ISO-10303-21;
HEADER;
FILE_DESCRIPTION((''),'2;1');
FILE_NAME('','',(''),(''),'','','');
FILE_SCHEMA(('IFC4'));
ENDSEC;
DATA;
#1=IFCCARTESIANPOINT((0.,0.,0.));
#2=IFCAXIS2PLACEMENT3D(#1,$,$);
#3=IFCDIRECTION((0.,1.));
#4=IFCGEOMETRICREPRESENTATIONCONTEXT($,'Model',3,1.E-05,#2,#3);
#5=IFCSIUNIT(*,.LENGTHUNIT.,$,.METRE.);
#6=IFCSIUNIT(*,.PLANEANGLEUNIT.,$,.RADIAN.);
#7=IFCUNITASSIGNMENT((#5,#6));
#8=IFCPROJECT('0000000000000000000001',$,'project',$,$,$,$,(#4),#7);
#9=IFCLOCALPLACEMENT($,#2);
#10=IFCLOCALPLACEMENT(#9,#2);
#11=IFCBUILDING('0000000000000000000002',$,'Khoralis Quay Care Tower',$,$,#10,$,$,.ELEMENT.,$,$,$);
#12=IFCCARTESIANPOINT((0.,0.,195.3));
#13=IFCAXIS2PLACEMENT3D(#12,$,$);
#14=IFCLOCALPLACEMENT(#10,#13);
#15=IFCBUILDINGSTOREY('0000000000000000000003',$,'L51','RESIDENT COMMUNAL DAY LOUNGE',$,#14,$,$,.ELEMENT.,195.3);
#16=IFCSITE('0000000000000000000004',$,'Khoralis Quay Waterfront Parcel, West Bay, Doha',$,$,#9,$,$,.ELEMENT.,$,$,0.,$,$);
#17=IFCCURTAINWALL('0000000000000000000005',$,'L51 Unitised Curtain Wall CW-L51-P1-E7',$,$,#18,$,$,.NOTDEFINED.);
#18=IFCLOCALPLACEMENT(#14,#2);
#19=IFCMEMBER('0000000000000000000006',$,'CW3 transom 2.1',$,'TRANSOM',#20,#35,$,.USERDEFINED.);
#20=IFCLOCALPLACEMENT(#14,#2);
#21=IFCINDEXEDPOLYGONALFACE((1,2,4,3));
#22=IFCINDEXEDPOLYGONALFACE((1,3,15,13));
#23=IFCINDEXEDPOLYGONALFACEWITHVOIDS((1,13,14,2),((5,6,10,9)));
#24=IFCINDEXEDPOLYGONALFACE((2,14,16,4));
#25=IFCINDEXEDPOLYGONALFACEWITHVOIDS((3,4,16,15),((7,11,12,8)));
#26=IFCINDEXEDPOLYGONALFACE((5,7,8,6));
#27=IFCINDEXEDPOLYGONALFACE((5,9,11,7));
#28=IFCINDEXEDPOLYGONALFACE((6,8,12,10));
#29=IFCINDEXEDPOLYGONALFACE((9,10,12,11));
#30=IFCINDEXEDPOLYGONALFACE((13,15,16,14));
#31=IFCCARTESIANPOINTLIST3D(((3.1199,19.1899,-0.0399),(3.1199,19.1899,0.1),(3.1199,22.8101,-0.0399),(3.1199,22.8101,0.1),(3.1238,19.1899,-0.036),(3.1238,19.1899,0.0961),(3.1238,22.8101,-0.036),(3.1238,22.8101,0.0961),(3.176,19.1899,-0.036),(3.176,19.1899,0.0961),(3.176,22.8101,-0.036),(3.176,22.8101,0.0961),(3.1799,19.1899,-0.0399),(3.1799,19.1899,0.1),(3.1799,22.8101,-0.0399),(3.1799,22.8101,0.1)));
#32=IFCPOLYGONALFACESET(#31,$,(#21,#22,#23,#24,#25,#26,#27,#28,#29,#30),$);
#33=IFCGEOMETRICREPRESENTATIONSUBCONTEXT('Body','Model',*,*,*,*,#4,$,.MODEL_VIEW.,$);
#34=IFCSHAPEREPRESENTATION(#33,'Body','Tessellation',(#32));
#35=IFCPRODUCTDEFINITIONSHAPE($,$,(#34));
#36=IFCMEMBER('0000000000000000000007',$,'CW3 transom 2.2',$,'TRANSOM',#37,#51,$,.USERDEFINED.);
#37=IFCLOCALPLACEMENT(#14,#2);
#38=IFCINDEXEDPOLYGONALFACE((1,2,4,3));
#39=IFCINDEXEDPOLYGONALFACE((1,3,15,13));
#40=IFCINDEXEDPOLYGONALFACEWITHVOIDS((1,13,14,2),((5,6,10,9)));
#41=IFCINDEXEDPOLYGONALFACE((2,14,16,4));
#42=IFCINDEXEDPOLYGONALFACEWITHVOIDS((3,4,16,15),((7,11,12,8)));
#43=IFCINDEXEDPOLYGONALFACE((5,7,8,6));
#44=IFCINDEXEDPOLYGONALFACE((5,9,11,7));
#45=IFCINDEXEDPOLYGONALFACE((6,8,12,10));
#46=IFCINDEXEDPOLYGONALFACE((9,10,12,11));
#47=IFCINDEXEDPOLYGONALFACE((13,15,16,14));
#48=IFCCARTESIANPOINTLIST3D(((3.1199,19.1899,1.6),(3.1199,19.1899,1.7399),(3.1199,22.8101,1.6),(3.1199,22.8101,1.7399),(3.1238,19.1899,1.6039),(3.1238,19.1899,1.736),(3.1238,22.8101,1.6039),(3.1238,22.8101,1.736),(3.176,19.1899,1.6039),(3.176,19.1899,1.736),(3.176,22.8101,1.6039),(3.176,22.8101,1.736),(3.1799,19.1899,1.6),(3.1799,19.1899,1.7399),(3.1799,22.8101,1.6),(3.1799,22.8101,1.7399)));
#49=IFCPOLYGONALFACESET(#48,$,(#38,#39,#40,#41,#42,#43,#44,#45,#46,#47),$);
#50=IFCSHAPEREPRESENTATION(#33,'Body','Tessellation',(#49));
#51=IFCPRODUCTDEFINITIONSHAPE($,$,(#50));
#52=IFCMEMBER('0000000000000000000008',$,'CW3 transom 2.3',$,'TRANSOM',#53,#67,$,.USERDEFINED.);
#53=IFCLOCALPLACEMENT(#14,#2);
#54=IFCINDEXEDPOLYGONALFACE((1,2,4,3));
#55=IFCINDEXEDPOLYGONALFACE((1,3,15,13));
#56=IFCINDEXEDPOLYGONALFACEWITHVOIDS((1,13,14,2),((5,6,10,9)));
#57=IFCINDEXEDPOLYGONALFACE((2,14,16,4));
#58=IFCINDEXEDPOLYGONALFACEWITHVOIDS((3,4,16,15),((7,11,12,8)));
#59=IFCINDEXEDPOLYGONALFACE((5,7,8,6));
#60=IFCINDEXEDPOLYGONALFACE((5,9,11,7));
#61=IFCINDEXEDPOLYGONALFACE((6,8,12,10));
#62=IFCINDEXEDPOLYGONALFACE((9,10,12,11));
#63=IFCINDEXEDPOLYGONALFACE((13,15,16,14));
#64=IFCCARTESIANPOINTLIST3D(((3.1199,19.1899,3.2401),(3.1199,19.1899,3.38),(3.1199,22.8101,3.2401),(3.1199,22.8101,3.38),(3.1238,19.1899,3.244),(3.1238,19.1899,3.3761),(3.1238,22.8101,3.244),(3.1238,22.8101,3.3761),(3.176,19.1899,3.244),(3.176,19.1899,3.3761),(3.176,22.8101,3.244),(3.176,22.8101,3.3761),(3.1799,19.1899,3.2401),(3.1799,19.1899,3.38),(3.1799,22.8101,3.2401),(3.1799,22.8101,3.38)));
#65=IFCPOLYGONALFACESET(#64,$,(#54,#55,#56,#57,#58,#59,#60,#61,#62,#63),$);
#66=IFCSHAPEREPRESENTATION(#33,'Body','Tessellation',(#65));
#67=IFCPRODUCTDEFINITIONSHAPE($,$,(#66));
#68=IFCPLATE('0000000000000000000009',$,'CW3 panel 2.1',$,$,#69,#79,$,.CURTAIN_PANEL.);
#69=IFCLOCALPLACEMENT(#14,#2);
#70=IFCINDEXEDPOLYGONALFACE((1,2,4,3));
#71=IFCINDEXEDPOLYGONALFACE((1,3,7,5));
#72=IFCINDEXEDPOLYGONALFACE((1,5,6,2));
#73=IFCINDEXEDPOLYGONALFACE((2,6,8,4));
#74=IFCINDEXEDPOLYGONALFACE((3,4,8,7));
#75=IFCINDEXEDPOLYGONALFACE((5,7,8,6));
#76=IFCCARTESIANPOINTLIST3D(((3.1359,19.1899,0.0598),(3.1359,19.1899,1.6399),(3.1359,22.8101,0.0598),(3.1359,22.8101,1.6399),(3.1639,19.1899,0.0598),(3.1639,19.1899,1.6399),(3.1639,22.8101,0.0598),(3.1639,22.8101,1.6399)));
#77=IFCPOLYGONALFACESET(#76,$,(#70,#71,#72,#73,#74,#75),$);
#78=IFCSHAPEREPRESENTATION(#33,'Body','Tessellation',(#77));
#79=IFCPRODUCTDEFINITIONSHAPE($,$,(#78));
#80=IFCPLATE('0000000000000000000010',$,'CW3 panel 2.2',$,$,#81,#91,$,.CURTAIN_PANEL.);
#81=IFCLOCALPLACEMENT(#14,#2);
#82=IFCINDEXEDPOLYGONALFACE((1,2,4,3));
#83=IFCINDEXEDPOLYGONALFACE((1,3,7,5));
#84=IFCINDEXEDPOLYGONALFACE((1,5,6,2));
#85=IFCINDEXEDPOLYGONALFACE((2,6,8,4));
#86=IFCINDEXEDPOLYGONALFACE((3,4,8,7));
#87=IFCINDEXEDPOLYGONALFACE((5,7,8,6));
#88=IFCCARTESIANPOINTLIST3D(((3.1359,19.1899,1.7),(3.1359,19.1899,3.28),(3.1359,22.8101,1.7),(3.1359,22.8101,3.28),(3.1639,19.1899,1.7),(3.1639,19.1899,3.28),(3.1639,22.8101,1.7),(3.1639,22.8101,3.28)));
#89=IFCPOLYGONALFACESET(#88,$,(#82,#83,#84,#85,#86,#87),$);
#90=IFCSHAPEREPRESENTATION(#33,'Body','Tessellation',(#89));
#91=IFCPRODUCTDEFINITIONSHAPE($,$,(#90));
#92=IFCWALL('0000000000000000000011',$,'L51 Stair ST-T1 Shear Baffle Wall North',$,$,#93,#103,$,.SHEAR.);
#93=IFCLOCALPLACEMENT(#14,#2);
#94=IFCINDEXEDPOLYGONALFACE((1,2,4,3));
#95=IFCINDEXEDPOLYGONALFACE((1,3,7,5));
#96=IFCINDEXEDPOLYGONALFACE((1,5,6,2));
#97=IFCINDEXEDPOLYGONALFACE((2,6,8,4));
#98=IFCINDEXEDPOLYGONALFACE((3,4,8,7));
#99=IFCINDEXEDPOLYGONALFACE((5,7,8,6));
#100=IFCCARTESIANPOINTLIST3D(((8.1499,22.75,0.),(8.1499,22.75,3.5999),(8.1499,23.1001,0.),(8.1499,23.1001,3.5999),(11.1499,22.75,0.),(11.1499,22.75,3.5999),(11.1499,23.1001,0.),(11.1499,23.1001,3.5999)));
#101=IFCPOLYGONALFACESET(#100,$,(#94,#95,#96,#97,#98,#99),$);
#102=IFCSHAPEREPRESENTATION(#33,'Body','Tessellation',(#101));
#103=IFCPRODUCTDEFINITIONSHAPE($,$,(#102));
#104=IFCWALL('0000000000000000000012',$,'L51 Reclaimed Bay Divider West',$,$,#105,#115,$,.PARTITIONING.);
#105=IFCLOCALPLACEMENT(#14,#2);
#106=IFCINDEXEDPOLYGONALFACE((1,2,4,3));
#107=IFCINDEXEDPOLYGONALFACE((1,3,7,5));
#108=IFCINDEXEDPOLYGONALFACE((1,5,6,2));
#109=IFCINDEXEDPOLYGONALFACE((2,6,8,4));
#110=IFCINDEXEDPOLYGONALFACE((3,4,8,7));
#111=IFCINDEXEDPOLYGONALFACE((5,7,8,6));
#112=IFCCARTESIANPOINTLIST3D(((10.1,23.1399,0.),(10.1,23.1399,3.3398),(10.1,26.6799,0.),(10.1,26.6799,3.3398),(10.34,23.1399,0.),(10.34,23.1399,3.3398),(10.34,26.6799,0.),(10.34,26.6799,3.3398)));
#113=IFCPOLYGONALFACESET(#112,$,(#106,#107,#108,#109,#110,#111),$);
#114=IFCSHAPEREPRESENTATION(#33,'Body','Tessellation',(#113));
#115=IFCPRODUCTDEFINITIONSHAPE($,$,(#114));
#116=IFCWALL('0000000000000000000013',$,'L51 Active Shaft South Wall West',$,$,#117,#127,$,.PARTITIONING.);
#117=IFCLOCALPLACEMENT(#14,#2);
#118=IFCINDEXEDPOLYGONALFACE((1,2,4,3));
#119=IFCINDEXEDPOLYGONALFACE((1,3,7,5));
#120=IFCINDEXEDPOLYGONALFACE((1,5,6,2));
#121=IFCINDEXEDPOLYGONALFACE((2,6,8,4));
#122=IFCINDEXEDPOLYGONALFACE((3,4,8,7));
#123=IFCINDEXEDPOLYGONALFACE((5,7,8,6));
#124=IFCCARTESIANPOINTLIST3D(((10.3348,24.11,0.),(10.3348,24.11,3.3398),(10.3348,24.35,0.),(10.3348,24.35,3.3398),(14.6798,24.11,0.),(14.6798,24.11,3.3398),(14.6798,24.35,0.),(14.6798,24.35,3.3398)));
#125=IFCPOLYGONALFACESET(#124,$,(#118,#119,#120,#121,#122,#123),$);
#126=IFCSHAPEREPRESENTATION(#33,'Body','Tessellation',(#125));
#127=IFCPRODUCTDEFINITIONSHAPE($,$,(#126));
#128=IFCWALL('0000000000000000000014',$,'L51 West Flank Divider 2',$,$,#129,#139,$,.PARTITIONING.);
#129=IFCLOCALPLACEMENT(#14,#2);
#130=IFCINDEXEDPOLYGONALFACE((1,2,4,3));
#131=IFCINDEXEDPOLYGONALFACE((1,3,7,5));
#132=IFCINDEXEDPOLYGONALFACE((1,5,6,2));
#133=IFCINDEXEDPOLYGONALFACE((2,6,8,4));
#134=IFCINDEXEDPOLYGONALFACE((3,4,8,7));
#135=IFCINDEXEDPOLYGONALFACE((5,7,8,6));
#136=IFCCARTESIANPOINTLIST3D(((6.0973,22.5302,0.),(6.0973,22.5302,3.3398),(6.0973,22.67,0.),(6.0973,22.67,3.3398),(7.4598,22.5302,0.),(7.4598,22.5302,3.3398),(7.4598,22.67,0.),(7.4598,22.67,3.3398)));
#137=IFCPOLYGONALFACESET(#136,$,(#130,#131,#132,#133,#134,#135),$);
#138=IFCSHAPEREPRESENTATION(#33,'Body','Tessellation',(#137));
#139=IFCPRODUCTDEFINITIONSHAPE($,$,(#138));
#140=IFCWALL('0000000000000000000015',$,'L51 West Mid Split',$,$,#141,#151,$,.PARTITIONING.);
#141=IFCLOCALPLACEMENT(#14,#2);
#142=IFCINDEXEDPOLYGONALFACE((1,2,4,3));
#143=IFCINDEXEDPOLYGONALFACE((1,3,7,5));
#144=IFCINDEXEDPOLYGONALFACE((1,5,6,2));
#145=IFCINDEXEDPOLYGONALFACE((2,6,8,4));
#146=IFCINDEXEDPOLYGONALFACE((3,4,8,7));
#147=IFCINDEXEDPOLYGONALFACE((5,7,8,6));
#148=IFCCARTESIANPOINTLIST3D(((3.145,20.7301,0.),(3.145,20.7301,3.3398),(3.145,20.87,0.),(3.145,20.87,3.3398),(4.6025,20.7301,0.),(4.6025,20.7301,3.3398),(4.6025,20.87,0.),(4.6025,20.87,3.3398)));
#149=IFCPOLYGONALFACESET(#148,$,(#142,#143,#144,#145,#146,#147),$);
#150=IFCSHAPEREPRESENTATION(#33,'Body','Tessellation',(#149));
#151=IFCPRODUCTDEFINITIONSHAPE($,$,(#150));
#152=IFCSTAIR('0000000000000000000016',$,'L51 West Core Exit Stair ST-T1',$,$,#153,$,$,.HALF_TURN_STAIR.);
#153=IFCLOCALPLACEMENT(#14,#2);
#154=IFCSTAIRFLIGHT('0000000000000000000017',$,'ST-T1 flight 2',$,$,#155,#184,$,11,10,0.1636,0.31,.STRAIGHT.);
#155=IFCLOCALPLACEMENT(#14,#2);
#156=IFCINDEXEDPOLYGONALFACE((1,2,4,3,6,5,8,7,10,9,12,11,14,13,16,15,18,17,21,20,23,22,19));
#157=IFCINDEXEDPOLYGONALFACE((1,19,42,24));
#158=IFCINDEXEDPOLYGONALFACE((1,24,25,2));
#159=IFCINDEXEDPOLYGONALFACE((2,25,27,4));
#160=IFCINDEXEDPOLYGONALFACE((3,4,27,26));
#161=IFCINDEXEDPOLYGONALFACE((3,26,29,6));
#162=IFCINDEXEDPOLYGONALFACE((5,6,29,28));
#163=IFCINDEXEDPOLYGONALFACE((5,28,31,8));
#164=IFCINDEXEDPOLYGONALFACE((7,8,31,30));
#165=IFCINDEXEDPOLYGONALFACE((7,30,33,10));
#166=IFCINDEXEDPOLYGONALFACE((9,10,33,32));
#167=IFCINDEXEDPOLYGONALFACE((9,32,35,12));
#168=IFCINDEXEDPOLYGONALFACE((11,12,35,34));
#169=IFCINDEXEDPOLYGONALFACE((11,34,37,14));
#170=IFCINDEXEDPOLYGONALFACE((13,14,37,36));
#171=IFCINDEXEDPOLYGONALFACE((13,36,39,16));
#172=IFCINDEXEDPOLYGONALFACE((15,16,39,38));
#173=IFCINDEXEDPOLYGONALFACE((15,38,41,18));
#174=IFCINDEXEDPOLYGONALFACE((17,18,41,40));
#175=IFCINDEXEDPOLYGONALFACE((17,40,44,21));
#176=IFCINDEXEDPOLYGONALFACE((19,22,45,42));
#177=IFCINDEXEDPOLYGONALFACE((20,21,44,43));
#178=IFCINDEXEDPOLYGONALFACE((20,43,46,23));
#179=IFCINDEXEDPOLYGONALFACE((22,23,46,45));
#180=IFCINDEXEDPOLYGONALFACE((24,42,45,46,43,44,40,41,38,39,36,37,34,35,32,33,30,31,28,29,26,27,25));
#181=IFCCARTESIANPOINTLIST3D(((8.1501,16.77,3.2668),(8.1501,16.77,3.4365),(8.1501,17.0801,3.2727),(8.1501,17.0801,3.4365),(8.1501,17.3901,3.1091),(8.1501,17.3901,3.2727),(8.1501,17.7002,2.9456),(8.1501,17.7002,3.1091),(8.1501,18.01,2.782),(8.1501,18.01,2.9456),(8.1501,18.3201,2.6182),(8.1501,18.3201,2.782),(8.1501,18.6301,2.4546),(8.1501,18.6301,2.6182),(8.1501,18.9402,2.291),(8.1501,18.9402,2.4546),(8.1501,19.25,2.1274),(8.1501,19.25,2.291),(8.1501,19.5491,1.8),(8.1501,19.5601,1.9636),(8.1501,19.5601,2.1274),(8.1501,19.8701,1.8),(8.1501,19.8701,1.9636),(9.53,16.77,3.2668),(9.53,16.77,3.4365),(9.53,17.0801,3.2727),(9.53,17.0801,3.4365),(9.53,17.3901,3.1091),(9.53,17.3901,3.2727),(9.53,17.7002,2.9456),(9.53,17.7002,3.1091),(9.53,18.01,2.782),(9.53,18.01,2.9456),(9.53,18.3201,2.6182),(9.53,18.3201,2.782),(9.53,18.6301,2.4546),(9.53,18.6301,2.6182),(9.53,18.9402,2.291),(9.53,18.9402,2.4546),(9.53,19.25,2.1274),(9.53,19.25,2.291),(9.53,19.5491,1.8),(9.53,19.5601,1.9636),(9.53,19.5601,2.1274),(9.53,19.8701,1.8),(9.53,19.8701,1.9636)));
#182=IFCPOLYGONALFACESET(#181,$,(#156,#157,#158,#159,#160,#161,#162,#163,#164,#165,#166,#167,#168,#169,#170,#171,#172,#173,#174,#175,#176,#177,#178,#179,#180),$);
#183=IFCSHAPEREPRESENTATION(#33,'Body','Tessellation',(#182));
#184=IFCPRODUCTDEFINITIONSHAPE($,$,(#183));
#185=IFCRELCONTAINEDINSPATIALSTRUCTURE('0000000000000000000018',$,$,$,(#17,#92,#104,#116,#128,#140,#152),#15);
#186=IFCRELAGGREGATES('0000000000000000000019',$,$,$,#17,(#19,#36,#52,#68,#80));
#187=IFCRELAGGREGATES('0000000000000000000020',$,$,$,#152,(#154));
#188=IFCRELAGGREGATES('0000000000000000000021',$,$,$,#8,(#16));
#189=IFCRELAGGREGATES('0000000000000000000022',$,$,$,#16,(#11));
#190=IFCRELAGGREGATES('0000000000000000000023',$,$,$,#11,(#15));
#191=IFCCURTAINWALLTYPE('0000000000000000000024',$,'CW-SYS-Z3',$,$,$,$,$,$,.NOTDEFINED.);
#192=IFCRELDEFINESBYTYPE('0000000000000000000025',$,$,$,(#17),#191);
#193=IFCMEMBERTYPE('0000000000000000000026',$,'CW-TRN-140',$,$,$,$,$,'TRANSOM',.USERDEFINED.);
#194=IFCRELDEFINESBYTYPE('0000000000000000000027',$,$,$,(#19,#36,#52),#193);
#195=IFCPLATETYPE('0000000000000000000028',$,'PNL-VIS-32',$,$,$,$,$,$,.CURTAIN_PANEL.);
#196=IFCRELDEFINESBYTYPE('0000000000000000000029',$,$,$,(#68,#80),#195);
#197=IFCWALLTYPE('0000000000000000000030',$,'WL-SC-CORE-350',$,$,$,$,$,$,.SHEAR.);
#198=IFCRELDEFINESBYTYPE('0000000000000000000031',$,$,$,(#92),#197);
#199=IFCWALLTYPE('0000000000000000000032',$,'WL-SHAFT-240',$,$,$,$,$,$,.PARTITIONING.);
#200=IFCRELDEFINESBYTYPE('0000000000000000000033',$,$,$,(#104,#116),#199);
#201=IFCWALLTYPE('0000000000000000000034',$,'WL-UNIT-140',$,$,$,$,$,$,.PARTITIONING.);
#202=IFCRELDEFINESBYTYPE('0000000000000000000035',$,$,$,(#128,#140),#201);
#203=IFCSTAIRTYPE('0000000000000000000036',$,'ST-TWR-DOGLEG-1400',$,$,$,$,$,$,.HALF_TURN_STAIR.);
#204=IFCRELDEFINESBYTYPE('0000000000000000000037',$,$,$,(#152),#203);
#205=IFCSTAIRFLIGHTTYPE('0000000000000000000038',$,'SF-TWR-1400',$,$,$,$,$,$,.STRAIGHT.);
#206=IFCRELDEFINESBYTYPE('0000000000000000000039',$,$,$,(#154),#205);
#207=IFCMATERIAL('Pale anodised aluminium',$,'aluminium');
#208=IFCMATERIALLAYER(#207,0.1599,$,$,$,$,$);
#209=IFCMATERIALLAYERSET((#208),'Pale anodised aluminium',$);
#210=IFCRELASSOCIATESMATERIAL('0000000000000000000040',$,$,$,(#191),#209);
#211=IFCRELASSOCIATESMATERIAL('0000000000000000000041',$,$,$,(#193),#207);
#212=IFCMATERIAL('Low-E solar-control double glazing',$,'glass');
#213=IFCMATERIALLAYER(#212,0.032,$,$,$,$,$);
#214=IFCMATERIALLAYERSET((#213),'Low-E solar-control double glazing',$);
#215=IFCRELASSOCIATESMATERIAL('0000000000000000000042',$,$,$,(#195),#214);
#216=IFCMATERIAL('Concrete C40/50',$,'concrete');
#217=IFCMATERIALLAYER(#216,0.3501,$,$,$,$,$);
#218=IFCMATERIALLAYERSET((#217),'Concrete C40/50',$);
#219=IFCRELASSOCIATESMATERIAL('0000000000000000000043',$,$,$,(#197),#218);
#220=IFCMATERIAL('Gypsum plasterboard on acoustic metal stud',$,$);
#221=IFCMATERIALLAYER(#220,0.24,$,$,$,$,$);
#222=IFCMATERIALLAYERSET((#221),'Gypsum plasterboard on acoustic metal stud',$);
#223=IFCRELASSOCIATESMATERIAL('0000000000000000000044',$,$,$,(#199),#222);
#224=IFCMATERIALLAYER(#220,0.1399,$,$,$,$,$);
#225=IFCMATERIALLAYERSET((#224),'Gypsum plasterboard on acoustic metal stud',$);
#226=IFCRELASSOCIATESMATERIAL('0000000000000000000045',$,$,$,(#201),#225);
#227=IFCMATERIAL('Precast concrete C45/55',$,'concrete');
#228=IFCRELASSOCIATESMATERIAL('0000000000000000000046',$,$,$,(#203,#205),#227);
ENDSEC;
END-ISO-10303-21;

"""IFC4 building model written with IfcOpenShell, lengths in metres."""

from ifc_helpers import new_model, si_unit, direction, frame, frame_2d, origin, origin_2d, place, context, subcontext, project, spatial, polyline, rectangle, hollow_rectangle, outline, extrude, source, transform, mapped, material, layer, layer_set, material_profile, profile_set, type_object, element, aggregate, save


model = new_model("IFC4")

# Units and contexts
model_context = context("Model", 3, precision=1e-05, world=origin(), true_north=direction((0.0, 1.0)))
body_context = subcontext(model_context, "Body", "Model", "MODEL_VIEW")
ifc_project = project(units=[si_unit("LENGTHUNIT", "METRE"), si_unit("PLANEANGLEUNIT", "RADIAN")], contexts=[model_context])

# Site, building, storey
site_placement = place(None, origin())
site = spatial("IfcSite", under=ifc_project, at=site_placement, Name="Khoralis Quay Waterfront Parcel, West Bay, Doha", CompositionType="ELEMENT", RefElevation=0.0)
building_placement = place(site_placement, origin())
building = spatial("IfcBuilding", under=site, at=building_placement, Name="Khoralis Quay Care Tower", CompositionType="ELEMENT")
storey_placement = place(building_placement, frame((0.0, 0.0, 195.3)))
storey = spatial("IfcBuildingStorey", under=building, at=storey_placement, Name="L51", Description="RESIDENT COMMUNAL DAY LOUNGE", CompositionType="ELEMENT", Elevation=195.3)

# Curtain wall, members, plates
ifc_material_1 = material(Name="Pale anodised aluminium", Category="aluminium")
ifc_layer_1 = layer(ifc_material_1, 0.1599)
ifc_layer_set_1 = layer_set([ifc_layer_1], Name="Pale anodised aluminium")
curtain_wall_type = type_object("IfcCurtainWallType", Name="CW-SYS-Z3", PredefinedType="NOTDEFINED", material=ifc_layer_set_1)
curtain_wall_placement = place(storey_placement, origin())
curtain_wall = element("IfcCurtainWall", 1, at=curtain_wall_placement, inside=storey, type_object=curtain_wall_type, Name="L51 Unitised Curtain Wall CW-L51-P1-E7", PredefinedType="NOTDEFINED")
ifc_material_profile_1 = material_profile(ifc_material_1, hollow_rectangle(XDim=0.0601, YDim=0.1399, WallThickness=0.0039, at=origin_2d()), Name="Pale anodised aluminium")
ifc_profile_set_1 = profile_set([ifc_material_profile_1], Name="Pale anodised aluminium")
member_type_1 = type_object("IfcMemberType", Name="CW-TRN-140", ElementType="TRANSOM", PredefinedType="USERDEFINED", material=ifc_profile_set_1)
shared_shape_1 = source(origin(), body_context, "Body", "SweptSolid", [
    extrude(hollow_rectangle(XDim=0.0601, YDim=0.1399, WallThickness=0.0039, at=origin_2d()), origin(), (0.0, 0.0, 1.0), 3.6201),
])
member_1_placement = place(storey_placement, frame((3.1499, 22.8101, 0.03), z_axis=(0.0, -1.0, 0.0), x_axis=(1.0, 0.0, 0.0)))
member_1 = element("IfcMember", 2, at=member_1_placement, type_object=member_type_1, Name="CW3 transom 2.1", ObjectType="TRANSOM", PredefinedType="USERDEFINED", context=body_context, shape_type="MappedRepresentation", body=[
    mapped(shared_shape_1, transform((0.0, 0.0, 0.0), scale=1.0)),
])
member_2_placement = place(storey_placement, frame((3.1499, 22.8101, 1.6699), z_axis=(0.0, -1.0, 0.0), x_axis=(1.0, 0.0, 0.0)))
member_2 = element("IfcMember", 3, at=member_2_placement, type_object=member_type_1, Name="CW3 transom 2.2", ObjectType="TRANSOM", PredefinedType="USERDEFINED", context=body_context, shape_type="MappedRepresentation", body=[
    mapped(shared_shape_1, transform((0.0, 0.0, 0.0), scale=1.0)),
])
member_3_placement = place(storey_placement, frame((3.1499, 22.8101, 3.3101), z_axis=(0.0, -1.0, 0.0), x_axis=(1.0, 0.0, 0.0)))
member_3 = element("IfcMember", 4, at=member_3_placement, type_object=member_type_1, Name="CW3 transom 2.3", ObjectType="TRANSOM", PredefinedType="USERDEFINED", context=body_context, shape_type="MappedRepresentation", body=[
    mapped(shared_shape_1, transform((0.0, 0.0, 0.0), scale=1.0)),
])
ifc_material_2 = material(Name="Low-E solar-control double glazing", Category="glass")
ifc_layer_2 = layer(ifc_material_2, 0.032)
ifc_layer_set_2 = layer_set([ifc_layer_2], Name="Low-E solar-control double glazing")
plate_type = type_object("IfcPlateType", Name="PNL-VIS-32", PredefinedType="CURTAIN_PANEL", material=ifc_layer_set_2)
shared_shape_2 = source(origin(), body_context, "Body", "SweptSolid", [
    extrude(rectangle(XDim=3.6201, YDim=0.0281, at=origin_2d()), origin(), (0.0, 0.0, 1.0), 1.5801),
])
plate_1_placement = place(storey_placement, frame((3.1499, 21.0, 0.0598), z_axis=(0.0, 0.0, 1.0), x_axis=(0.0, -1.0, 0.0)))
plate_1 = element("IfcPlate", 5, at=plate_1_placement, type_object=plate_type, Name="CW3 panel 2.1", PredefinedType="CURTAIN_PANEL", context=body_context, shape_type="MappedRepresentation", body=[
    mapped(shared_shape_2, transform((0.0, 0.0, 0.0), scale=1.0)),
])
plate_2_placement = place(storey_placement, frame((3.1499, 21.0, 1.7), z_axis=(0.0, 0.0, 1.0), x_axis=(0.0, -1.0, 0.0)))
plate_2 = element("IfcPlate", 6, at=plate_2_placement, type_object=plate_type, Name="CW3 panel 2.2", PredefinedType="CURTAIN_PANEL", context=body_context, shape_type="MappedRepresentation", body=[
    mapped(shared_shape_2, transform((0.0, 0.0, 0.0), scale=1.0)),
])
aggregate(curtain_wall, [member_1, member_2, member_3, plate_1, plate_2])

# Walls
ifc_material_3 = material(Name="Concrete C40/50", Category="concrete")
ifc_layer_3 = layer(ifc_material_3, 0.3501)
ifc_layer_set_3 = layer_set([ifc_layer_3], Name="Concrete C40/50")
wall_type_1 = type_object("IfcWallType", Name="WL-SC-CORE-350", PredefinedType="SHEAR", material=ifc_layer_set_3)
wall_1_placement = place(storey_placement, frame((8.1499, 22.925, 0.0), z_axis=(0.0, 0.0, 1.0), x_axis=(1.0, 0.0, 0.0)))
element("IfcWall", 7, at=wall_1_placement, inside=storey, type_object=wall_type_1, Name="L51 Stair ST-T1 Shear Baffle Wall North", PredefinedType="SHEAR", context=body_context, shape_type="SweptSolid", body=[
    extrude(rectangle(XDim=3.0, YDim=0.3501, at=frame_2d((1.5, 0.0))), origin(), (0.0, 0.0, 1.0), 3.5999),
])
ifc_material_4 = material(Name="Gypsum plasterboard on acoustic metal stud")
ifc_layer_4 = layer(ifc_material_4, 0.24)
ifc_layer_set_4 = layer_set([ifc_layer_4], Name="Gypsum plasterboard on acoustic metal stud")
wall_type_2 = type_object("IfcWallType", Name="WL-SHAFT-240", PredefinedType="PARTITIONING", material=ifc_layer_set_4)
wall_2_placement = place(storey_placement, frame((10.22, 23.1399, 0.0), z_axis=(0.0, 0.0, 1.0), x_axis=(0.0, 1.0, 0.0)))
element("IfcWall", 8, at=wall_2_placement, inside=storey, type_object=wall_type_2, Name="L51 Reclaimed Bay Divider West", PredefinedType="PARTITIONING", context=body_context, shape_type="SweptSolid", body=[
    extrude(rectangle(XDim=3.54, YDim=0.24, at=frame_2d((1.77, 0.0))), origin(), (0.0, 0.0, 1.0), 3.3398),
])
wall_3_placement = place(storey_placement, frame((10.335, 24.23, 0.0), z_axis=(0.0, 0.0, 1.0), x_axis=(1.0, 0.0, 0.0)))
element("IfcWall", 9, at=wall_3_placement, inside=storey, type_object=wall_type_2, Name="L51 Active Shaft South Wall West", PredefinedType="PARTITIONING", context=body_context, shape_type="SweptSolid", body=[
    extrude(rectangle(XDim=4.345, YDim=0.24, at=frame_2d((2.1724, 0.0))), origin(), (0.0, 0.0, 1.0), 3.3398),
])
ifc_layer_5 = layer(ifc_material_4, 0.1399)
ifc_layer_set_5 = layer_set([ifc_layer_5], Name="Gypsum plasterboard on acoustic metal stud")
wall_type_3 = type_object("IfcWallType", Name="WL-UNIT-140", PredefinedType="PARTITIONING", material=ifc_layer_set_5)
wall_4_placement = place(storey_placement, frame((6.0974, 22.6001, 0.0), z_axis=(0.0, 0.0, 1.0), x_axis=(1.0, 0.0, 0.0)))
element("IfcWall", 10, at=wall_4_placement, inside=storey, type_object=wall_type_3, Name="L51 West Flank Divider 2", PredefinedType="PARTITIONING", context=body_context, shape_type="SweptSolid", body=[
    extrude(rectangle(XDim=1.3625, YDim=0.1399, at=frame_2d((0.6812, 0.0))), origin(), (0.0, 0.0, 1.0), 3.3398),
])
wall_5_placement = place(storey_placement, frame((3.145, 20.8, 0.0), z_axis=(0.0, 0.0, 1.0), x_axis=(1.0, 0.0, 0.0)))
element("IfcWall", 11, at=wall_5_placement, inside=storey, type_object=wall_type_3, Name="L51 West Mid Split", PredefinedType="PARTITIONING", context=body_context, shape_type="SweptSolid", body=[
    extrude(rectangle(XDim=1.4575, YDim=0.1399, at=frame_2d((0.7288, 0.0))), origin(), (0.0, 0.0, 1.0), 3.3398),
])

# Stair, stair flight
ifc_material_5 = material(Name="Precast concrete C45/55", Category="concrete")
stair_type = type_object("IfcStairType", Name="ST-TWR-DOGLEG-1400", PredefinedType="HALF_TURN_STAIR", material=ifc_material_5)
stair_placement = place(storey_placement, origin())
stair = element("IfcStair", 12, at=stair_placement, inside=storey, type_object=stair_type, Name="L51 West Core Exit Stair ST-T1", PredefinedType="HALF_TURN_STAIR")
stair_flight_type = type_object("IfcStairFlightType", Name="SF-TWR-1400", PredefinedType="STRAIGHT", material=ifc_material_5)
shared_shape_3 = source(origin(), body_context, "Body", "SweptSolid", [
    extrude(outline(polyline([(0.0, 0.0), (0.0, 0.1636), (0.3101, 0.1636), (0.3101, 0.3274), (0.6201, 0.3274), (0.6201, 0.491), (0.9299, 0.491), (0.9299, 0.6545), (1.24, 0.6545), (1.24, 0.8181), (1.55, 0.8181), (1.55, 0.9819), (1.8601, 0.9819), (1.8601, 1.1455), (2.1699, 1.1455), (2.1699, 1.3091), (2.48, 1.3091), (2.48, 1.4727), (2.79, 1.4727), (2.79, 1.6365), (3.1001, 1.6365), (3.1001, 1.8), (3.1001, 1.4668), (0.321, 0.0), (0.0, 0.0)])), frame((0.0, 0.6899, 0.0), z_axis=(0.0, -1.0, 0.0), x_axis=(1.0, 0.0, 0.0)), (0.0, 0.0, 1.0), 1.3799),
])
stair_flight_placement = place(storey_placement, frame((8.8401, 19.8701, 1.8), z_axis=(0.0, 0.0, 1.0), x_axis=(0.0, -1.0, 0.0)))
stair_flight = element("IfcStairFlight", 13, at=stair_flight_placement, type_object=stair_flight_type, Name="ST-T1 flight 2", NumberOfRisers=11, NumberOfTreads=10, PredefinedType="STRAIGHT", RiserHeight=0.1636, TreadLength=0.31, context=body_context, shape_type="MappedRepresentation", body=[
    mapped(shared_shape_3, transform((0.0, 0.0, 0.0), scale=1.0)),
])
aggregate(stair, [stair_flight])

save(model, "model.ifc")
